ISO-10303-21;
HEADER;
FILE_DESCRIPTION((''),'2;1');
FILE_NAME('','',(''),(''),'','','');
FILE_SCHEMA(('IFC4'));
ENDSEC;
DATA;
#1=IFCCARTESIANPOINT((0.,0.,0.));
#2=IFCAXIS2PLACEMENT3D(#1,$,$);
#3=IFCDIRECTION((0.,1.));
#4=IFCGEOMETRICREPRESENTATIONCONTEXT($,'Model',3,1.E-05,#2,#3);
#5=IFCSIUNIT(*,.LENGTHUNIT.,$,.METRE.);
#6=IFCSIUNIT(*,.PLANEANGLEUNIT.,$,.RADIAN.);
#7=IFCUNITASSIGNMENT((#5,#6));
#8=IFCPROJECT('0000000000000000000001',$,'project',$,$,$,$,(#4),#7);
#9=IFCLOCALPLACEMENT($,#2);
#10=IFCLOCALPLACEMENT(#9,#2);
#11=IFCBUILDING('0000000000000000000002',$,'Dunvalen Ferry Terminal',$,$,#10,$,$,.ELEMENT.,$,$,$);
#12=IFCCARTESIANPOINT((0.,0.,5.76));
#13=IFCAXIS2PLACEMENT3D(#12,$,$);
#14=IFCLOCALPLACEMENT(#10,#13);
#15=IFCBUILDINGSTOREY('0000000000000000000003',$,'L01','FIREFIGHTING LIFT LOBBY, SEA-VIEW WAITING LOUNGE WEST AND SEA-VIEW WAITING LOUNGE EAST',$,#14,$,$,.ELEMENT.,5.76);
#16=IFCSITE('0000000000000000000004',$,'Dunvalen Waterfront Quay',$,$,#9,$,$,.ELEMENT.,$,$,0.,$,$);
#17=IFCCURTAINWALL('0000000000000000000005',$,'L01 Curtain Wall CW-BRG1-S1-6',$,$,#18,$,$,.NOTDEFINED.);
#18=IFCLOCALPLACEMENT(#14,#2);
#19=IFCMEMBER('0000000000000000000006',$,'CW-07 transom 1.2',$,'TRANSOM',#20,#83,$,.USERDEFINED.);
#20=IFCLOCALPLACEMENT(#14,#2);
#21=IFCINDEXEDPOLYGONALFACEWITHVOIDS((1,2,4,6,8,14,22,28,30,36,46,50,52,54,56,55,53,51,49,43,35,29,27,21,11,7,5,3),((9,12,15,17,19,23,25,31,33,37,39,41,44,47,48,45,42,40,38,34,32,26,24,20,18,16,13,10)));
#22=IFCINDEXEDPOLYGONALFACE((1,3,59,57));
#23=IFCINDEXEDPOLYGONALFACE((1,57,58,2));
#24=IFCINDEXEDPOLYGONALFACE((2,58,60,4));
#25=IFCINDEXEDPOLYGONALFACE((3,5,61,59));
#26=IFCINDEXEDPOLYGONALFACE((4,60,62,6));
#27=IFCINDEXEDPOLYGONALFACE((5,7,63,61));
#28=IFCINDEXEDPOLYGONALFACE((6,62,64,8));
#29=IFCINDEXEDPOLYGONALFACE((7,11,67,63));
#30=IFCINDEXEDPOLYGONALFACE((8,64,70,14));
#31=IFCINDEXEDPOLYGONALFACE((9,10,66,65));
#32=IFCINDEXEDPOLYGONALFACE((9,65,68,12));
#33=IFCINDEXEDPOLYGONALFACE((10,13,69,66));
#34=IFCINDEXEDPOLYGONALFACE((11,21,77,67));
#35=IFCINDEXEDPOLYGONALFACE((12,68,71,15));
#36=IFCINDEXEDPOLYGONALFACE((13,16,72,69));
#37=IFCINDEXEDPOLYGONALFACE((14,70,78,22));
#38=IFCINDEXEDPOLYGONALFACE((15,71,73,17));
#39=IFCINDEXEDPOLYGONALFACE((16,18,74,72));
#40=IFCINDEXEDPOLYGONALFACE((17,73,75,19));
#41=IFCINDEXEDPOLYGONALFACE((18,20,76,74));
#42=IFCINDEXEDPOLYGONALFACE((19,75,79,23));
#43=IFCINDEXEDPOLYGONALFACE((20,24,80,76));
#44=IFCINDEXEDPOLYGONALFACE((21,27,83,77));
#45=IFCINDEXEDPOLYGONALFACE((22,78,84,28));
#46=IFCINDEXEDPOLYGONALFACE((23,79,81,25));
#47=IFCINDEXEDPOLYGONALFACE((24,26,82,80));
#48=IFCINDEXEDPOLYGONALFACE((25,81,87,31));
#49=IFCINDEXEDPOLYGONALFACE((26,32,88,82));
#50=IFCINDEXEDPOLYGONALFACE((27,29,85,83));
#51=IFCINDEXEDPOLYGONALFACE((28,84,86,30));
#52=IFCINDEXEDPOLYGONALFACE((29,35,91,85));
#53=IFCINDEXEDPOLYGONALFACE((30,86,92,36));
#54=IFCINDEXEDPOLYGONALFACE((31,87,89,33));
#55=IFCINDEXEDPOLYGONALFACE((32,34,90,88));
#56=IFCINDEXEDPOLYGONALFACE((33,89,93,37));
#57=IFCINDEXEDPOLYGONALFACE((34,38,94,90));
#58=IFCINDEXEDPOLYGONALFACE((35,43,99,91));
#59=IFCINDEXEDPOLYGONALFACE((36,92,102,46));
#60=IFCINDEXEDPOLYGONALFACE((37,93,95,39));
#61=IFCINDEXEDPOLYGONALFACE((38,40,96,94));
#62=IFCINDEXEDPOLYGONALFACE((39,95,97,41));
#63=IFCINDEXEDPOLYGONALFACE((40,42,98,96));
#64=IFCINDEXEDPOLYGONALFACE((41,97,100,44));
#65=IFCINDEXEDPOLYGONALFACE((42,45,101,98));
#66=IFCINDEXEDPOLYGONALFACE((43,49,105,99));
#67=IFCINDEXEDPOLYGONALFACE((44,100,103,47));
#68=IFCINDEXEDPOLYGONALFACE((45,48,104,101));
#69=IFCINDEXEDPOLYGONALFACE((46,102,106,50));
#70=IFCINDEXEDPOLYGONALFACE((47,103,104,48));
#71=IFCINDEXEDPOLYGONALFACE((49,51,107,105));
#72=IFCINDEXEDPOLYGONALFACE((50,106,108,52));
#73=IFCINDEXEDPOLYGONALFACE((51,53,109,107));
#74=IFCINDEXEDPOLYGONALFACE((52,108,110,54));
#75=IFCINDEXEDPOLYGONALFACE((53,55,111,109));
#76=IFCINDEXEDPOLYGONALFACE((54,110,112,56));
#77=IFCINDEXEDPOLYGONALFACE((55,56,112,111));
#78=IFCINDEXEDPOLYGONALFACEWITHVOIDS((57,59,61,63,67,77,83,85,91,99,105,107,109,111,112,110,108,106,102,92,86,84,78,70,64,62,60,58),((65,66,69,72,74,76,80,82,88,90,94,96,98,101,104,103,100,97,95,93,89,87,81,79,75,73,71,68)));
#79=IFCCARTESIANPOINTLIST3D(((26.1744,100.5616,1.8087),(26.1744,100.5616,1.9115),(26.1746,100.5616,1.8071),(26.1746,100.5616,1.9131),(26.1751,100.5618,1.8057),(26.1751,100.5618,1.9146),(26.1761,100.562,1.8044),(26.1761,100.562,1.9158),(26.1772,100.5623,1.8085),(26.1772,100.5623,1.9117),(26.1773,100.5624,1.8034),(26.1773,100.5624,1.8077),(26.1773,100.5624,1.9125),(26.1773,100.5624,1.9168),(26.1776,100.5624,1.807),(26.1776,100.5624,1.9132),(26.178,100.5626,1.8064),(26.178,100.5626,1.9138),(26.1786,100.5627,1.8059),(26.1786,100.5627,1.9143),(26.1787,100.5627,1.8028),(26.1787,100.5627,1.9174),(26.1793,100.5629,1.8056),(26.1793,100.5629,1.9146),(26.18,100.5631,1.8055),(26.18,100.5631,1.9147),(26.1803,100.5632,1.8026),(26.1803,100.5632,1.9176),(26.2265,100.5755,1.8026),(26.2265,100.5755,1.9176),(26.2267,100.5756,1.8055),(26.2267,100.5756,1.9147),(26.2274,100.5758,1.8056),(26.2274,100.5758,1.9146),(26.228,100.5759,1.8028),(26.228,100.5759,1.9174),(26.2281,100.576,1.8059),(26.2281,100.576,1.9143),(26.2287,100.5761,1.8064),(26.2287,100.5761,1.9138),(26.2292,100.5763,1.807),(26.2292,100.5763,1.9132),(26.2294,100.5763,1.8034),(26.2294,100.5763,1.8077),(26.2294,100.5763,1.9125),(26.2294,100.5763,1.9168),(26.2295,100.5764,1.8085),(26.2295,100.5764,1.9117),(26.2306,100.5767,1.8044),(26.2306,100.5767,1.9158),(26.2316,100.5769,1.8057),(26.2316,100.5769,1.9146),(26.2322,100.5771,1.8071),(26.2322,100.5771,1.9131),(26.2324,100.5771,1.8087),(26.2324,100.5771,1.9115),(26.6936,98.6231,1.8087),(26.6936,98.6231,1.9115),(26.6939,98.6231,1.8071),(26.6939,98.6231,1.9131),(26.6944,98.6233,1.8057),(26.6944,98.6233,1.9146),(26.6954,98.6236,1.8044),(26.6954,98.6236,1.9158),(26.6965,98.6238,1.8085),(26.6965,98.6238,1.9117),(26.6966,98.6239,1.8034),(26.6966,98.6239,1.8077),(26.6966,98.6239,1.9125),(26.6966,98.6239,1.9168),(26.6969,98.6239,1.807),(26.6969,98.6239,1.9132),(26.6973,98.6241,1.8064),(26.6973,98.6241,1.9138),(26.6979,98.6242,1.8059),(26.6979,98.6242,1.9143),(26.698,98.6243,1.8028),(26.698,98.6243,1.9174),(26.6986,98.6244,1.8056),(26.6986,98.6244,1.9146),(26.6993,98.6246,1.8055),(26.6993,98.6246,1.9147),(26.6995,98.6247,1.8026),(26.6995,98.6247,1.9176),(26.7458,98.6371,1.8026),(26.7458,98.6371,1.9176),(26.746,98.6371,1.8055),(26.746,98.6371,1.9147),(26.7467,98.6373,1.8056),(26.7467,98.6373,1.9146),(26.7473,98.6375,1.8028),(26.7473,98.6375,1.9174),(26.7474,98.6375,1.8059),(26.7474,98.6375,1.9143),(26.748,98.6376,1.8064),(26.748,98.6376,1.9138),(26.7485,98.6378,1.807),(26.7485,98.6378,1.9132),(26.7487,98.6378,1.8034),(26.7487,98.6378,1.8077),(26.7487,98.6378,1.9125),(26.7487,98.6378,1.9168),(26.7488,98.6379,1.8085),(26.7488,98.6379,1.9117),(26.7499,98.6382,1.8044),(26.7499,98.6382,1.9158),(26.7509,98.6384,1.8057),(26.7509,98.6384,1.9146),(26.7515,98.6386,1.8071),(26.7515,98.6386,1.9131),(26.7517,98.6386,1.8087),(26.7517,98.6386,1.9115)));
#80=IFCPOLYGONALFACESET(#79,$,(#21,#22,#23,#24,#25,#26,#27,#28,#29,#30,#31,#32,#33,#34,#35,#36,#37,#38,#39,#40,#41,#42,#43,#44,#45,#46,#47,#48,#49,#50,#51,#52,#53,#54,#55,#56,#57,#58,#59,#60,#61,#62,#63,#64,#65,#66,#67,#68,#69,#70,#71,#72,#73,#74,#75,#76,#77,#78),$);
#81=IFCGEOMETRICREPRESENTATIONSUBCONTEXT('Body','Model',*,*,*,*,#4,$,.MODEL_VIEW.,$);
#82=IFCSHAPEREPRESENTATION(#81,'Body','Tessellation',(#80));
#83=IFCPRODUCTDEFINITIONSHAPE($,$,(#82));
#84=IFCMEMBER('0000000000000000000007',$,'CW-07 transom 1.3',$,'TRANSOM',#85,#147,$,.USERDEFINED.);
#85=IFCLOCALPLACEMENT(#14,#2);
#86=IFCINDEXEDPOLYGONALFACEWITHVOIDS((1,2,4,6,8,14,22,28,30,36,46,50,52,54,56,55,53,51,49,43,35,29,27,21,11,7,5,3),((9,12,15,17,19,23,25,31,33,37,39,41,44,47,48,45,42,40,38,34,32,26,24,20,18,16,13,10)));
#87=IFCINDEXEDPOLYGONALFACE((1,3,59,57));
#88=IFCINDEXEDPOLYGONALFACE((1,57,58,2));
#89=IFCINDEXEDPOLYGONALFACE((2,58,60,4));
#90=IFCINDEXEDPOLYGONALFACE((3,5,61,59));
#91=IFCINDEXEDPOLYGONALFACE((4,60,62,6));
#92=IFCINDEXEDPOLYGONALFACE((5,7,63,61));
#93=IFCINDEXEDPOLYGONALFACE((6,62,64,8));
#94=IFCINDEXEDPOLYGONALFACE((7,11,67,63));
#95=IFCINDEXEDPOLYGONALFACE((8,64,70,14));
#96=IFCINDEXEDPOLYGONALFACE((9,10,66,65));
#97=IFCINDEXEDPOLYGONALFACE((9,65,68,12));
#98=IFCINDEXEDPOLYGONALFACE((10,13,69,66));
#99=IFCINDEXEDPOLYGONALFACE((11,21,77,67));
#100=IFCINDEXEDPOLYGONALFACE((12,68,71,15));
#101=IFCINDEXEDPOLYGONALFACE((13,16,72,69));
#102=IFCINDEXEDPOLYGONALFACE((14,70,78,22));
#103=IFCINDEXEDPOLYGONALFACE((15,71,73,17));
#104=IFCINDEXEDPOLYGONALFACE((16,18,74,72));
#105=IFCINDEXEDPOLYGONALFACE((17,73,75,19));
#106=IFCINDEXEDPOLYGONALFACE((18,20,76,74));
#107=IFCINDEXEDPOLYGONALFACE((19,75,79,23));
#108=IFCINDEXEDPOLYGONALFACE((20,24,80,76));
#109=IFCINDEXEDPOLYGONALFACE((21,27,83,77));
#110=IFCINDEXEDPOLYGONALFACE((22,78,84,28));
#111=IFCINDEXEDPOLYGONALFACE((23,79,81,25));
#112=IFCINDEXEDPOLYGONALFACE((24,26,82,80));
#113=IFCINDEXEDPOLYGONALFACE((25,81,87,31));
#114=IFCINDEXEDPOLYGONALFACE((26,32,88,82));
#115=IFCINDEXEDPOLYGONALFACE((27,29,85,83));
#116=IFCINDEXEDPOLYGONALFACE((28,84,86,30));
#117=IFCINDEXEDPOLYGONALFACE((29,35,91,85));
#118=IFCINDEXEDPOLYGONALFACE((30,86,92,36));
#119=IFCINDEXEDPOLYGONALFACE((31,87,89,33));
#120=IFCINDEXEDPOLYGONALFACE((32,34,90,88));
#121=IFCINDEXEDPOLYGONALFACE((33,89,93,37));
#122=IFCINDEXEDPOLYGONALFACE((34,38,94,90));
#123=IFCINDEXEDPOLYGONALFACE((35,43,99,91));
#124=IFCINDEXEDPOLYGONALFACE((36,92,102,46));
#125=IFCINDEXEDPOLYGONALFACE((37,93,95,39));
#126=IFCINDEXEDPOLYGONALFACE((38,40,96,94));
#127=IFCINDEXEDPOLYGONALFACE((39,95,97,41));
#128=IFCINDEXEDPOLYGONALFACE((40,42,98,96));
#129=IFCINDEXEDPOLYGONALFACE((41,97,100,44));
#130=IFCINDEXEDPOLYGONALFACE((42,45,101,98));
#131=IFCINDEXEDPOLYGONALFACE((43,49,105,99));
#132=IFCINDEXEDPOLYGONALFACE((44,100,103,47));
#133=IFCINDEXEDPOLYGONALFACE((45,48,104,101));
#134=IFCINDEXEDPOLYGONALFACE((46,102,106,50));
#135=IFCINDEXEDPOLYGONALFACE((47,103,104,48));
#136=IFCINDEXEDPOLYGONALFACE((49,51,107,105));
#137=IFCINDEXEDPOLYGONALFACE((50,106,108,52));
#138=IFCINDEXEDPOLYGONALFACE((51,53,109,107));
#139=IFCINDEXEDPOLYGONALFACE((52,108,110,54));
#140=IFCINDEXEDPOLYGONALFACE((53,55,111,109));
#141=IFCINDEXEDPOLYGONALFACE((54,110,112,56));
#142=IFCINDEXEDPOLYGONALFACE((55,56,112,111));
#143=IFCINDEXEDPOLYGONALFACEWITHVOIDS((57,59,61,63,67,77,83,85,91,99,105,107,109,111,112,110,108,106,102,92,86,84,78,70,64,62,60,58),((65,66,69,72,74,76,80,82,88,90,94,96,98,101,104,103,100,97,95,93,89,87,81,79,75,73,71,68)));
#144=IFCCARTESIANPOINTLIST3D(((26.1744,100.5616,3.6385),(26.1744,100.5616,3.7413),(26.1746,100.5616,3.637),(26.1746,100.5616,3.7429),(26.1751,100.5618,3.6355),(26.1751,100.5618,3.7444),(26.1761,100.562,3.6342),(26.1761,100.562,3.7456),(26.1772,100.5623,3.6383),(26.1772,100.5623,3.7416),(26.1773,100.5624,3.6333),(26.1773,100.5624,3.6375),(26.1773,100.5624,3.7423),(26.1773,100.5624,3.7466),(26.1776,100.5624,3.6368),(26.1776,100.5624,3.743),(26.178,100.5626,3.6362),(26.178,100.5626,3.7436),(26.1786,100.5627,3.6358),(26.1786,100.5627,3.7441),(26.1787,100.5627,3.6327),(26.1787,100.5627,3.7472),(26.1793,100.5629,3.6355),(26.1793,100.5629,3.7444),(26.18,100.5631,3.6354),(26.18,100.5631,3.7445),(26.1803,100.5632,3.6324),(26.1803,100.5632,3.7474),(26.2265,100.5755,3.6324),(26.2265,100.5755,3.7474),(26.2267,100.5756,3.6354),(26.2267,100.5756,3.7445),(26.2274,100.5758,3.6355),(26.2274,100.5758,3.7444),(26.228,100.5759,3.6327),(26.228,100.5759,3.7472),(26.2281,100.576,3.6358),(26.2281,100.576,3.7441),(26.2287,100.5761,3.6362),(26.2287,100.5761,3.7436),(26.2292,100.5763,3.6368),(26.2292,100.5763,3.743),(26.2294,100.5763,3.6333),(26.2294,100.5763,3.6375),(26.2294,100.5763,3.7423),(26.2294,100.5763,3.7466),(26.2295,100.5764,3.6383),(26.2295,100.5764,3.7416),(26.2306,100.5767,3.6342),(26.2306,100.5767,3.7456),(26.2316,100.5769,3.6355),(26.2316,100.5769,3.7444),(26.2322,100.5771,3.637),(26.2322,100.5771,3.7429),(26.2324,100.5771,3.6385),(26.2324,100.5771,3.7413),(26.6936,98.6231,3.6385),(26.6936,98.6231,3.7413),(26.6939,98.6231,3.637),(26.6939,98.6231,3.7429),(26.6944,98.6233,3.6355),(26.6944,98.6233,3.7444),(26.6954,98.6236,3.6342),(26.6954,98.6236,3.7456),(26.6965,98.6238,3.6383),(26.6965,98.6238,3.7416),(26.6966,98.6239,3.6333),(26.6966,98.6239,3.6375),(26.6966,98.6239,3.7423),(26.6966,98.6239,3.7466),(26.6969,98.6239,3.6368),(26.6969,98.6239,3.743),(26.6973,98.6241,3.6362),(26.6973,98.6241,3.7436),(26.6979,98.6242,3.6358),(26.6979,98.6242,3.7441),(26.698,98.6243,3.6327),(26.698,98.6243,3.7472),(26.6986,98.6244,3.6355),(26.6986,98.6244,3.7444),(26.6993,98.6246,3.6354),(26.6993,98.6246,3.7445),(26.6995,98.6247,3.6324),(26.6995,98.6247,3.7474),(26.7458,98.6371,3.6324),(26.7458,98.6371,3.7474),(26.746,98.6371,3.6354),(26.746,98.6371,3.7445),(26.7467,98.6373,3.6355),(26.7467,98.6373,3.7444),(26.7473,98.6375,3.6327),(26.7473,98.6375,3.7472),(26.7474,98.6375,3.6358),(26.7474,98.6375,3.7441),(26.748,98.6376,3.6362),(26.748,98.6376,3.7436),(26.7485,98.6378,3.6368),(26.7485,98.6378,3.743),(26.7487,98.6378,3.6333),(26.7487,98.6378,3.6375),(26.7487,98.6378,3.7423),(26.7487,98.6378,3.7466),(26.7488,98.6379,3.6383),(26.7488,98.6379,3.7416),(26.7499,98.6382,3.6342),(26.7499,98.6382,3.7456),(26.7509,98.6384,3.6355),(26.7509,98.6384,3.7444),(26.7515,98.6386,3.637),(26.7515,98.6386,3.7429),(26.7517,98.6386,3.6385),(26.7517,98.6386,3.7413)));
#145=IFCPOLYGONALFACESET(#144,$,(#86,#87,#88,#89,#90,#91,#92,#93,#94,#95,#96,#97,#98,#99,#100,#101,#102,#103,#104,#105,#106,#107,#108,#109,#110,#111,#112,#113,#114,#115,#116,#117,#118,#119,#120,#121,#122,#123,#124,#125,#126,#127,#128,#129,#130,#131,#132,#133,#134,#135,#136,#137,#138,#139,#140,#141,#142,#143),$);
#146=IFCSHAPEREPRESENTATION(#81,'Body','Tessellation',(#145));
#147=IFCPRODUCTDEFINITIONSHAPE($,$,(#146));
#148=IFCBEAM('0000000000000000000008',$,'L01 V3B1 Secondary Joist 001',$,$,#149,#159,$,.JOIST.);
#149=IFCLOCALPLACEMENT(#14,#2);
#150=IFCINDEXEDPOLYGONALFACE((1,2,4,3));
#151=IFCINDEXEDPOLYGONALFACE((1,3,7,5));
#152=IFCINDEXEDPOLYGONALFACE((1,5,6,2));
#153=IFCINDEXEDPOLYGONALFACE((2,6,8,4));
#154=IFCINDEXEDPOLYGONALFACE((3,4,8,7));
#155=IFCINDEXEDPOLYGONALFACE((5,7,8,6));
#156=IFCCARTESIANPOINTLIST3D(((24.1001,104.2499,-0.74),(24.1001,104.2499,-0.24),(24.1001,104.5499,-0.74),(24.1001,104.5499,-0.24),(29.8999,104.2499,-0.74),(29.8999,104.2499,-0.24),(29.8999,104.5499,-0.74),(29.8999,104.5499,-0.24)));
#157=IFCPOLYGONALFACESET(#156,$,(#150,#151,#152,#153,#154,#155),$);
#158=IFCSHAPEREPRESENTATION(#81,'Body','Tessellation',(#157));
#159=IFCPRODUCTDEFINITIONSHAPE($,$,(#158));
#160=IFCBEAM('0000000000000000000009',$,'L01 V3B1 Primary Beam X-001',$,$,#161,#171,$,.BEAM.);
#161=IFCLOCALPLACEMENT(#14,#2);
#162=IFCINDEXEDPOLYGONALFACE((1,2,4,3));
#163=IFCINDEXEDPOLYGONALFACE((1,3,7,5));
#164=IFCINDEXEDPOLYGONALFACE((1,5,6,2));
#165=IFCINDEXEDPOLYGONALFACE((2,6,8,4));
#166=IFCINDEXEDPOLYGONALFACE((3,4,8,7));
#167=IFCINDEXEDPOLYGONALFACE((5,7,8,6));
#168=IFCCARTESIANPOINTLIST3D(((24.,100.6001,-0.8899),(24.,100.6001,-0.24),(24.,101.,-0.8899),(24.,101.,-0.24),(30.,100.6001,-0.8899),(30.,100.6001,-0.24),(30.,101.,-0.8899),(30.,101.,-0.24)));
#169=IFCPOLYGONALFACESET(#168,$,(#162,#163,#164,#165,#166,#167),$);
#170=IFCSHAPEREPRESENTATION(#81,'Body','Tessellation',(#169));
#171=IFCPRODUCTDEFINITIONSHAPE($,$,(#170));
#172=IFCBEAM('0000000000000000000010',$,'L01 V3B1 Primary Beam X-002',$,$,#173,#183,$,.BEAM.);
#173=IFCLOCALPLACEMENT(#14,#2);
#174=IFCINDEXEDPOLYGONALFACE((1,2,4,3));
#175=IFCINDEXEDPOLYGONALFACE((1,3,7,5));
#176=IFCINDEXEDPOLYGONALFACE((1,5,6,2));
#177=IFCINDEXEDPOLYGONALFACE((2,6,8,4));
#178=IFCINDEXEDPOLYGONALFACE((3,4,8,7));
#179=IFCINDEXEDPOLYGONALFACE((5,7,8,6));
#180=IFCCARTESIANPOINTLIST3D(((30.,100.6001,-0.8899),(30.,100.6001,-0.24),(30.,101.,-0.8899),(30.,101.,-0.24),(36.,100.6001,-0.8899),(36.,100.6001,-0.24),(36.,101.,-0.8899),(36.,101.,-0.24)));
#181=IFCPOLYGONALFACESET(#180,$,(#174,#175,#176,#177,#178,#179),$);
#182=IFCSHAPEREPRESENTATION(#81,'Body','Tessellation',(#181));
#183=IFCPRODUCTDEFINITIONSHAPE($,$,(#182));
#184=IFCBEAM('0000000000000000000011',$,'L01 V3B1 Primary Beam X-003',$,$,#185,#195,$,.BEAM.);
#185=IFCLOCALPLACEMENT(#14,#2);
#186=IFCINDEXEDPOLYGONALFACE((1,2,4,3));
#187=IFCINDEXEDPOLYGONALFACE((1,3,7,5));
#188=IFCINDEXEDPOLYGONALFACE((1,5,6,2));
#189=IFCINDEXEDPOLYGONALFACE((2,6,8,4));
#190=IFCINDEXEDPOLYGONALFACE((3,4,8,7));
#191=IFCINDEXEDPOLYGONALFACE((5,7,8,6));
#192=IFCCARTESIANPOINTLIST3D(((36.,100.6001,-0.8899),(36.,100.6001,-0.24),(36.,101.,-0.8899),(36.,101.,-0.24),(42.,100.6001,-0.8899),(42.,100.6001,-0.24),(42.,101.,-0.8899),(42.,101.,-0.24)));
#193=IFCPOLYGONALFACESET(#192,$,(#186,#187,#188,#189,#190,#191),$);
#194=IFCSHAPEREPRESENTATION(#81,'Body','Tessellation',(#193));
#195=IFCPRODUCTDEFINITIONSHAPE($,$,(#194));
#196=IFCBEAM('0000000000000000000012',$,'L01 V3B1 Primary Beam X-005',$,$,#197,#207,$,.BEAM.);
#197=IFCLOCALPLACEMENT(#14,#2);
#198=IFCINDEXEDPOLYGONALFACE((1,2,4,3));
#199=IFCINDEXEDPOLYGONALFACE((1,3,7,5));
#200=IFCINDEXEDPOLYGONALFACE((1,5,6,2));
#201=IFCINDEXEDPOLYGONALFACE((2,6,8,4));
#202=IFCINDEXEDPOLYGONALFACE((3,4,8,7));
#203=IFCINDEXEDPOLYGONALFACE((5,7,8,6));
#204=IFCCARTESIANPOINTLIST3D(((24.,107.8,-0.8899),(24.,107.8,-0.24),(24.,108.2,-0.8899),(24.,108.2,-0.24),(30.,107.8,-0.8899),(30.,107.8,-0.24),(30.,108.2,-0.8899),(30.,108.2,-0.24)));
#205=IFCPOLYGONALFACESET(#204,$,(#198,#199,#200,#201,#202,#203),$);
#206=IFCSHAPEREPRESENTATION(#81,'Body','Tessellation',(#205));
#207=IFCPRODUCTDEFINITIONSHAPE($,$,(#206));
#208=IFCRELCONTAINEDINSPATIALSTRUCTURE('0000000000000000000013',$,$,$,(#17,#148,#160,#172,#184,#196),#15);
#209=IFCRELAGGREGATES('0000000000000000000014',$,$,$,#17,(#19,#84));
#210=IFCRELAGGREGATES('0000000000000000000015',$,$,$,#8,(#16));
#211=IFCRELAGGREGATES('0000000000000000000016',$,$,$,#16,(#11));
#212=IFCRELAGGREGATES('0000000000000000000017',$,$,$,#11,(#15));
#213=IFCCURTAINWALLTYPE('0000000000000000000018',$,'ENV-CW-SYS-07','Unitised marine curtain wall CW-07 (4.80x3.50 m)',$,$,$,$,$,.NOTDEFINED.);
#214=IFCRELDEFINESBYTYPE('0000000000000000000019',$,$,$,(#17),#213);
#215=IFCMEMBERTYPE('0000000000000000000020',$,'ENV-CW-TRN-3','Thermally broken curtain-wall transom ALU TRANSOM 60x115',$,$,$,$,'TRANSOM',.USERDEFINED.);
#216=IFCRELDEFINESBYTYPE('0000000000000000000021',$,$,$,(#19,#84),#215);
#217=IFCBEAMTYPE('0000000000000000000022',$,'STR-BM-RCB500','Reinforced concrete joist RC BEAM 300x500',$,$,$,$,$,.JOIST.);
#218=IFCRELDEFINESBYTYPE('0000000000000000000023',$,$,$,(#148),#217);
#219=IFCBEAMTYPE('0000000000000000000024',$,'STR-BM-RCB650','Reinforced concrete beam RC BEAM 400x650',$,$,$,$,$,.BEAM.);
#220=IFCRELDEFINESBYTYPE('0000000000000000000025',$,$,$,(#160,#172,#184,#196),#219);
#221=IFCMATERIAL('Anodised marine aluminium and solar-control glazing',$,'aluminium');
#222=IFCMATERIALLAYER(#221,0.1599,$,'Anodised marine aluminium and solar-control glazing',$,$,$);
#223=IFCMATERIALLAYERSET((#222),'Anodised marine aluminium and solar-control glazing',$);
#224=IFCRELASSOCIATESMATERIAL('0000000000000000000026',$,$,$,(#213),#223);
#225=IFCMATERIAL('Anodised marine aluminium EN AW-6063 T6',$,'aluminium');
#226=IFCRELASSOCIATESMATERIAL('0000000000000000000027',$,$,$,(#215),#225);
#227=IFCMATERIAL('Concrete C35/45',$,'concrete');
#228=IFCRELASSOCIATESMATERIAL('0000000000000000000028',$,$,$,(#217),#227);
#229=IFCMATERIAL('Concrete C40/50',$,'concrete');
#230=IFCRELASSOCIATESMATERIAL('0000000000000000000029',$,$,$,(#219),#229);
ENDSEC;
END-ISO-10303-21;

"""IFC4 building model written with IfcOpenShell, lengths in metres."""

from ifc_helpers import new_model, si_unit, direction, frame, origin, origin_2d, place, context, subcontext, project, spatial, rectangle, hollow_rectangle, extrude, material, layer, layer_set, material_profile, profile_set, type_object, element, aggregate, save


model = new_model("IFC4")

# Units and contexts
model_context = context("Model", 3, precision=1e-05, world=origin(), true_north=direction((0.0, 1.0)))
body_context = subcontext(model_context, "Body", "Model", "MODEL_VIEW")
ifc_project = project(units=[si_unit("LENGTHUNIT", "METRE"), si_unit("PLANEANGLEUNIT", "RADIAN")], contexts=[model_context])

# Site, building, storey
site_placement = place(None, origin())
site = spatial("IfcSite", under=ifc_project, at=site_placement, Name="Dunvalen Waterfront Quay", CompositionType="ELEMENT", RefElevation=0.0)
building_placement = place(site_placement, origin())
building = spatial("IfcBuilding", under=site, at=building_placement, Name="Dunvalen Ferry Terminal", CompositionType="ELEMENT")
storey_placement = place(building_placement, frame((0.0, 0.0, 5.76)))
storey = spatial("IfcBuildingStorey", under=building, at=storey_placement, Name="L01", Description="FIREFIGHTING LIFT LOBBY, SEA-VIEW WAITING LOUNGE WEST AND SEA-VIEW WAITING LOUNGE EAST", CompositionType="ELEMENT", Elevation=5.76)

# Shared definitions
ifc_material_1 = material(Name="Concrete C35/45", Category="concrete")

# Curtain wall, members
ifc_material_2 = material(Name="Anodised marine aluminium and solar-control glazing", Category="aluminium")
ifc_layer_1 = layer(ifc_material_2, 0.1599, Name="Anodised marine aluminium and solar-control glazing")
ifc_layer_set_1 = layer_set([ifc_layer_1], Name="Anodised marine aluminium and solar-control glazing")
curtain_wall_type = type_object("IfcCurtainWallType", Name="ENV-CW-SYS-07", Description="Unitised marine curtain wall CW-07 (4.80x3.50 m)", PredefinedType="NOTDEFINED", material=ifc_layer_set_1)
curtain_wall_placement = place(storey_placement, origin())
curtain_wall = element("IfcCurtainWall", 1, at=curtain_wall_placement, inside=storey, type_object=curtain_wall_type, Name="L01 Curtain Wall CW-BRG1-S1-6", PredefinedType="NOTDEFINED")
ifc_material_3 = material(Name="Anodised marine aluminium EN AW-6063 T6", Category="aluminium")
ifc_material_profile_1 = material_profile(ifc_material_3, hollow_rectangle(XDim=0.0601, YDim=0.115, WallThickness=0.0029, InnerFilletRadius=0.0029, OuterFilletRadius=0.0061, at=origin_2d()), Name="Anodised marine aluminium EN AW-6063 T6")
ifc_profile_set_1 = profile_set([ifc_material_profile_1], Name="Anodised marine aluminium EN AW-6063 T6")
member_type_1 = type_object("IfcMemberType", Name="ENV-CW-TRN-3", Description="Thermally broken curtain-wall transom ALU TRANSOM 60x115", ElementType="TRANSOM", PredefinedType="USERDEFINED", material=ifc_profile_set_1)
member_1_placement = place(storey_placement, frame((26.7227, 98.6309, 1.8601), z_axis=(-0.25876, 0.965942, 0.0), x_axis=(-0.965942, -0.25876, 0.0)))
member_1 = element("IfcMember", 2, at=member_1_placement, type_object=member_type_1, Name="CW-07 transom 1.2", ObjectType="TRANSOM", PredefinedType="USERDEFINED", context=body_context, shape_type="SweptSolid", body=[
    extrude(hollow_rectangle(XDim=0.0601, YDim=0.115, WallThickness=0.0029, InnerFilletRadius=0.0029, OuterFilletRadius=0.0061, at=origin_2d()), origin(), (0.0, 0.0, 1.0), 2.0068),
])
member_2_placement = place(storey_placement, frame((26.7227, 98.6309, 3.6899), z_axis=(-0.25876, 0.965942, 0.0), x_axis=(-0.965942, -0.25876, 0.0)))
member_2 = element("IfcMember", 3, at=member_2_placement, type_object=member_type_1, Name="CW-07 transom 1.3", ObjectType="TRANSOM", PredefinedType="USERDEFINED", context=body_context, shape_type="SweptSolid", body=[
    extrude(hollow_rectangle(XDim=0.0601, YDim=0.115, WallThickness=0.0029, InnerFilletRadius=0.0029, OuterFilletRadius=0.0061, at=origin_2d()), origin(), (0.0, 0.0, 1.0), 2.0068),
])

# Beams
ifc_material_profile_2 = material_profile(ifc_material_1, rectangle(XDim=0.3, YDim=0.5, at=origin_2d()), Name="Concrete C35/45")
ifc_profile_set_2 = profile_set([ifc_material_profile_2], Name="Concrete C35/45")
beam_type_1 = type_object("IfcBeamType", Name="STR-BM-RCB500", Description="Reinforced concrete joist RC BEAM 300x500", PredefinedType="JOIST", material=ifc_profile_set_2)
beam_1_placement = place(storey_placement, frame((24.1001, 104.3999, -0.49), z_axis=(1.0, 0.0, 0.0), x_axis=(0.0, 1.0, 0.0)))
element("IfcBeam", 4, at=beam_1_placement, inside=storey, type_object=beam_type_1, Name="L01 V3B1 Secondary Joist 001", PredefinedType="JOIST", context=body_context, shape_type="SweptSolid", body=[
    extrude(rectangle(XDim=0.3, YDim=0.5, at=origin_2d()), origin(), (0.0, 0.0, 1.0), 5.7998),
])
ifc_material_4 = material(Name="Concrete C40/50", Category="concrete")
ifc_material_profile_3 = material_profile(ifc_material_4, rectangle(XDim=0.3999, YDim=0.6499, at=origin_2d()), Name="Concrete C40/50")
ifc_profile_set_3 = profile_set([ifc_material_profile_3], Name="Concrete C40/50")
beam_type_2 = type_object("IfcBeamType", Name="STR-BM-RCB650", Description="Reinforced concrete beam RC BEAM 400x650", PredefinedType="BEAM", material=ifc_profile_set_3)
for number, where, z_axis, x_axis, name in (
    (5, (24.0, 100.8, -0.5649), (1.0, 0.0, 0.0), (0.0, 1.0, 0.0), "L01 V3B1 Primary Beam X-001"),
    (6, (30.0, 100.8, -0.5649), (1.0, 0.0, 0.0), (0.0, 1.0, 0.0), "L01 V3B1 Primary Beam X-002"),
    (7, (36.0, 100.8, -0.5649), (1.0, 0.0, 0.0), (0.0, 1.0, 0.0), "L01 V3B1 Primary Beam X-003"),
    (8, (24.0, 108.0, -0.5649), (1.0, 0.0, 0.0), (0.0, 1.0, 0.0), "L01 V3B1 Primary Beam X-005"),
):
    element("IfcBeam", number, at=place(storey_placement, frame(where, z_axis=z_axis, x_axis=x_axis)), inside=storey, type_object=beam_type_2, Name=name, PredefinedType="BEAM", context=body_context, shape_type="SweptSolid", body=[
        extrude(rectangle(XDim=0.3999, YDim=0.6499, at=origin_2d()), origin(), (0.0, 0.0, 1.0), 6.0),
    ])

aggregate(curtain_wall, [member_1, member_2])

save(model, "model.ifc")
